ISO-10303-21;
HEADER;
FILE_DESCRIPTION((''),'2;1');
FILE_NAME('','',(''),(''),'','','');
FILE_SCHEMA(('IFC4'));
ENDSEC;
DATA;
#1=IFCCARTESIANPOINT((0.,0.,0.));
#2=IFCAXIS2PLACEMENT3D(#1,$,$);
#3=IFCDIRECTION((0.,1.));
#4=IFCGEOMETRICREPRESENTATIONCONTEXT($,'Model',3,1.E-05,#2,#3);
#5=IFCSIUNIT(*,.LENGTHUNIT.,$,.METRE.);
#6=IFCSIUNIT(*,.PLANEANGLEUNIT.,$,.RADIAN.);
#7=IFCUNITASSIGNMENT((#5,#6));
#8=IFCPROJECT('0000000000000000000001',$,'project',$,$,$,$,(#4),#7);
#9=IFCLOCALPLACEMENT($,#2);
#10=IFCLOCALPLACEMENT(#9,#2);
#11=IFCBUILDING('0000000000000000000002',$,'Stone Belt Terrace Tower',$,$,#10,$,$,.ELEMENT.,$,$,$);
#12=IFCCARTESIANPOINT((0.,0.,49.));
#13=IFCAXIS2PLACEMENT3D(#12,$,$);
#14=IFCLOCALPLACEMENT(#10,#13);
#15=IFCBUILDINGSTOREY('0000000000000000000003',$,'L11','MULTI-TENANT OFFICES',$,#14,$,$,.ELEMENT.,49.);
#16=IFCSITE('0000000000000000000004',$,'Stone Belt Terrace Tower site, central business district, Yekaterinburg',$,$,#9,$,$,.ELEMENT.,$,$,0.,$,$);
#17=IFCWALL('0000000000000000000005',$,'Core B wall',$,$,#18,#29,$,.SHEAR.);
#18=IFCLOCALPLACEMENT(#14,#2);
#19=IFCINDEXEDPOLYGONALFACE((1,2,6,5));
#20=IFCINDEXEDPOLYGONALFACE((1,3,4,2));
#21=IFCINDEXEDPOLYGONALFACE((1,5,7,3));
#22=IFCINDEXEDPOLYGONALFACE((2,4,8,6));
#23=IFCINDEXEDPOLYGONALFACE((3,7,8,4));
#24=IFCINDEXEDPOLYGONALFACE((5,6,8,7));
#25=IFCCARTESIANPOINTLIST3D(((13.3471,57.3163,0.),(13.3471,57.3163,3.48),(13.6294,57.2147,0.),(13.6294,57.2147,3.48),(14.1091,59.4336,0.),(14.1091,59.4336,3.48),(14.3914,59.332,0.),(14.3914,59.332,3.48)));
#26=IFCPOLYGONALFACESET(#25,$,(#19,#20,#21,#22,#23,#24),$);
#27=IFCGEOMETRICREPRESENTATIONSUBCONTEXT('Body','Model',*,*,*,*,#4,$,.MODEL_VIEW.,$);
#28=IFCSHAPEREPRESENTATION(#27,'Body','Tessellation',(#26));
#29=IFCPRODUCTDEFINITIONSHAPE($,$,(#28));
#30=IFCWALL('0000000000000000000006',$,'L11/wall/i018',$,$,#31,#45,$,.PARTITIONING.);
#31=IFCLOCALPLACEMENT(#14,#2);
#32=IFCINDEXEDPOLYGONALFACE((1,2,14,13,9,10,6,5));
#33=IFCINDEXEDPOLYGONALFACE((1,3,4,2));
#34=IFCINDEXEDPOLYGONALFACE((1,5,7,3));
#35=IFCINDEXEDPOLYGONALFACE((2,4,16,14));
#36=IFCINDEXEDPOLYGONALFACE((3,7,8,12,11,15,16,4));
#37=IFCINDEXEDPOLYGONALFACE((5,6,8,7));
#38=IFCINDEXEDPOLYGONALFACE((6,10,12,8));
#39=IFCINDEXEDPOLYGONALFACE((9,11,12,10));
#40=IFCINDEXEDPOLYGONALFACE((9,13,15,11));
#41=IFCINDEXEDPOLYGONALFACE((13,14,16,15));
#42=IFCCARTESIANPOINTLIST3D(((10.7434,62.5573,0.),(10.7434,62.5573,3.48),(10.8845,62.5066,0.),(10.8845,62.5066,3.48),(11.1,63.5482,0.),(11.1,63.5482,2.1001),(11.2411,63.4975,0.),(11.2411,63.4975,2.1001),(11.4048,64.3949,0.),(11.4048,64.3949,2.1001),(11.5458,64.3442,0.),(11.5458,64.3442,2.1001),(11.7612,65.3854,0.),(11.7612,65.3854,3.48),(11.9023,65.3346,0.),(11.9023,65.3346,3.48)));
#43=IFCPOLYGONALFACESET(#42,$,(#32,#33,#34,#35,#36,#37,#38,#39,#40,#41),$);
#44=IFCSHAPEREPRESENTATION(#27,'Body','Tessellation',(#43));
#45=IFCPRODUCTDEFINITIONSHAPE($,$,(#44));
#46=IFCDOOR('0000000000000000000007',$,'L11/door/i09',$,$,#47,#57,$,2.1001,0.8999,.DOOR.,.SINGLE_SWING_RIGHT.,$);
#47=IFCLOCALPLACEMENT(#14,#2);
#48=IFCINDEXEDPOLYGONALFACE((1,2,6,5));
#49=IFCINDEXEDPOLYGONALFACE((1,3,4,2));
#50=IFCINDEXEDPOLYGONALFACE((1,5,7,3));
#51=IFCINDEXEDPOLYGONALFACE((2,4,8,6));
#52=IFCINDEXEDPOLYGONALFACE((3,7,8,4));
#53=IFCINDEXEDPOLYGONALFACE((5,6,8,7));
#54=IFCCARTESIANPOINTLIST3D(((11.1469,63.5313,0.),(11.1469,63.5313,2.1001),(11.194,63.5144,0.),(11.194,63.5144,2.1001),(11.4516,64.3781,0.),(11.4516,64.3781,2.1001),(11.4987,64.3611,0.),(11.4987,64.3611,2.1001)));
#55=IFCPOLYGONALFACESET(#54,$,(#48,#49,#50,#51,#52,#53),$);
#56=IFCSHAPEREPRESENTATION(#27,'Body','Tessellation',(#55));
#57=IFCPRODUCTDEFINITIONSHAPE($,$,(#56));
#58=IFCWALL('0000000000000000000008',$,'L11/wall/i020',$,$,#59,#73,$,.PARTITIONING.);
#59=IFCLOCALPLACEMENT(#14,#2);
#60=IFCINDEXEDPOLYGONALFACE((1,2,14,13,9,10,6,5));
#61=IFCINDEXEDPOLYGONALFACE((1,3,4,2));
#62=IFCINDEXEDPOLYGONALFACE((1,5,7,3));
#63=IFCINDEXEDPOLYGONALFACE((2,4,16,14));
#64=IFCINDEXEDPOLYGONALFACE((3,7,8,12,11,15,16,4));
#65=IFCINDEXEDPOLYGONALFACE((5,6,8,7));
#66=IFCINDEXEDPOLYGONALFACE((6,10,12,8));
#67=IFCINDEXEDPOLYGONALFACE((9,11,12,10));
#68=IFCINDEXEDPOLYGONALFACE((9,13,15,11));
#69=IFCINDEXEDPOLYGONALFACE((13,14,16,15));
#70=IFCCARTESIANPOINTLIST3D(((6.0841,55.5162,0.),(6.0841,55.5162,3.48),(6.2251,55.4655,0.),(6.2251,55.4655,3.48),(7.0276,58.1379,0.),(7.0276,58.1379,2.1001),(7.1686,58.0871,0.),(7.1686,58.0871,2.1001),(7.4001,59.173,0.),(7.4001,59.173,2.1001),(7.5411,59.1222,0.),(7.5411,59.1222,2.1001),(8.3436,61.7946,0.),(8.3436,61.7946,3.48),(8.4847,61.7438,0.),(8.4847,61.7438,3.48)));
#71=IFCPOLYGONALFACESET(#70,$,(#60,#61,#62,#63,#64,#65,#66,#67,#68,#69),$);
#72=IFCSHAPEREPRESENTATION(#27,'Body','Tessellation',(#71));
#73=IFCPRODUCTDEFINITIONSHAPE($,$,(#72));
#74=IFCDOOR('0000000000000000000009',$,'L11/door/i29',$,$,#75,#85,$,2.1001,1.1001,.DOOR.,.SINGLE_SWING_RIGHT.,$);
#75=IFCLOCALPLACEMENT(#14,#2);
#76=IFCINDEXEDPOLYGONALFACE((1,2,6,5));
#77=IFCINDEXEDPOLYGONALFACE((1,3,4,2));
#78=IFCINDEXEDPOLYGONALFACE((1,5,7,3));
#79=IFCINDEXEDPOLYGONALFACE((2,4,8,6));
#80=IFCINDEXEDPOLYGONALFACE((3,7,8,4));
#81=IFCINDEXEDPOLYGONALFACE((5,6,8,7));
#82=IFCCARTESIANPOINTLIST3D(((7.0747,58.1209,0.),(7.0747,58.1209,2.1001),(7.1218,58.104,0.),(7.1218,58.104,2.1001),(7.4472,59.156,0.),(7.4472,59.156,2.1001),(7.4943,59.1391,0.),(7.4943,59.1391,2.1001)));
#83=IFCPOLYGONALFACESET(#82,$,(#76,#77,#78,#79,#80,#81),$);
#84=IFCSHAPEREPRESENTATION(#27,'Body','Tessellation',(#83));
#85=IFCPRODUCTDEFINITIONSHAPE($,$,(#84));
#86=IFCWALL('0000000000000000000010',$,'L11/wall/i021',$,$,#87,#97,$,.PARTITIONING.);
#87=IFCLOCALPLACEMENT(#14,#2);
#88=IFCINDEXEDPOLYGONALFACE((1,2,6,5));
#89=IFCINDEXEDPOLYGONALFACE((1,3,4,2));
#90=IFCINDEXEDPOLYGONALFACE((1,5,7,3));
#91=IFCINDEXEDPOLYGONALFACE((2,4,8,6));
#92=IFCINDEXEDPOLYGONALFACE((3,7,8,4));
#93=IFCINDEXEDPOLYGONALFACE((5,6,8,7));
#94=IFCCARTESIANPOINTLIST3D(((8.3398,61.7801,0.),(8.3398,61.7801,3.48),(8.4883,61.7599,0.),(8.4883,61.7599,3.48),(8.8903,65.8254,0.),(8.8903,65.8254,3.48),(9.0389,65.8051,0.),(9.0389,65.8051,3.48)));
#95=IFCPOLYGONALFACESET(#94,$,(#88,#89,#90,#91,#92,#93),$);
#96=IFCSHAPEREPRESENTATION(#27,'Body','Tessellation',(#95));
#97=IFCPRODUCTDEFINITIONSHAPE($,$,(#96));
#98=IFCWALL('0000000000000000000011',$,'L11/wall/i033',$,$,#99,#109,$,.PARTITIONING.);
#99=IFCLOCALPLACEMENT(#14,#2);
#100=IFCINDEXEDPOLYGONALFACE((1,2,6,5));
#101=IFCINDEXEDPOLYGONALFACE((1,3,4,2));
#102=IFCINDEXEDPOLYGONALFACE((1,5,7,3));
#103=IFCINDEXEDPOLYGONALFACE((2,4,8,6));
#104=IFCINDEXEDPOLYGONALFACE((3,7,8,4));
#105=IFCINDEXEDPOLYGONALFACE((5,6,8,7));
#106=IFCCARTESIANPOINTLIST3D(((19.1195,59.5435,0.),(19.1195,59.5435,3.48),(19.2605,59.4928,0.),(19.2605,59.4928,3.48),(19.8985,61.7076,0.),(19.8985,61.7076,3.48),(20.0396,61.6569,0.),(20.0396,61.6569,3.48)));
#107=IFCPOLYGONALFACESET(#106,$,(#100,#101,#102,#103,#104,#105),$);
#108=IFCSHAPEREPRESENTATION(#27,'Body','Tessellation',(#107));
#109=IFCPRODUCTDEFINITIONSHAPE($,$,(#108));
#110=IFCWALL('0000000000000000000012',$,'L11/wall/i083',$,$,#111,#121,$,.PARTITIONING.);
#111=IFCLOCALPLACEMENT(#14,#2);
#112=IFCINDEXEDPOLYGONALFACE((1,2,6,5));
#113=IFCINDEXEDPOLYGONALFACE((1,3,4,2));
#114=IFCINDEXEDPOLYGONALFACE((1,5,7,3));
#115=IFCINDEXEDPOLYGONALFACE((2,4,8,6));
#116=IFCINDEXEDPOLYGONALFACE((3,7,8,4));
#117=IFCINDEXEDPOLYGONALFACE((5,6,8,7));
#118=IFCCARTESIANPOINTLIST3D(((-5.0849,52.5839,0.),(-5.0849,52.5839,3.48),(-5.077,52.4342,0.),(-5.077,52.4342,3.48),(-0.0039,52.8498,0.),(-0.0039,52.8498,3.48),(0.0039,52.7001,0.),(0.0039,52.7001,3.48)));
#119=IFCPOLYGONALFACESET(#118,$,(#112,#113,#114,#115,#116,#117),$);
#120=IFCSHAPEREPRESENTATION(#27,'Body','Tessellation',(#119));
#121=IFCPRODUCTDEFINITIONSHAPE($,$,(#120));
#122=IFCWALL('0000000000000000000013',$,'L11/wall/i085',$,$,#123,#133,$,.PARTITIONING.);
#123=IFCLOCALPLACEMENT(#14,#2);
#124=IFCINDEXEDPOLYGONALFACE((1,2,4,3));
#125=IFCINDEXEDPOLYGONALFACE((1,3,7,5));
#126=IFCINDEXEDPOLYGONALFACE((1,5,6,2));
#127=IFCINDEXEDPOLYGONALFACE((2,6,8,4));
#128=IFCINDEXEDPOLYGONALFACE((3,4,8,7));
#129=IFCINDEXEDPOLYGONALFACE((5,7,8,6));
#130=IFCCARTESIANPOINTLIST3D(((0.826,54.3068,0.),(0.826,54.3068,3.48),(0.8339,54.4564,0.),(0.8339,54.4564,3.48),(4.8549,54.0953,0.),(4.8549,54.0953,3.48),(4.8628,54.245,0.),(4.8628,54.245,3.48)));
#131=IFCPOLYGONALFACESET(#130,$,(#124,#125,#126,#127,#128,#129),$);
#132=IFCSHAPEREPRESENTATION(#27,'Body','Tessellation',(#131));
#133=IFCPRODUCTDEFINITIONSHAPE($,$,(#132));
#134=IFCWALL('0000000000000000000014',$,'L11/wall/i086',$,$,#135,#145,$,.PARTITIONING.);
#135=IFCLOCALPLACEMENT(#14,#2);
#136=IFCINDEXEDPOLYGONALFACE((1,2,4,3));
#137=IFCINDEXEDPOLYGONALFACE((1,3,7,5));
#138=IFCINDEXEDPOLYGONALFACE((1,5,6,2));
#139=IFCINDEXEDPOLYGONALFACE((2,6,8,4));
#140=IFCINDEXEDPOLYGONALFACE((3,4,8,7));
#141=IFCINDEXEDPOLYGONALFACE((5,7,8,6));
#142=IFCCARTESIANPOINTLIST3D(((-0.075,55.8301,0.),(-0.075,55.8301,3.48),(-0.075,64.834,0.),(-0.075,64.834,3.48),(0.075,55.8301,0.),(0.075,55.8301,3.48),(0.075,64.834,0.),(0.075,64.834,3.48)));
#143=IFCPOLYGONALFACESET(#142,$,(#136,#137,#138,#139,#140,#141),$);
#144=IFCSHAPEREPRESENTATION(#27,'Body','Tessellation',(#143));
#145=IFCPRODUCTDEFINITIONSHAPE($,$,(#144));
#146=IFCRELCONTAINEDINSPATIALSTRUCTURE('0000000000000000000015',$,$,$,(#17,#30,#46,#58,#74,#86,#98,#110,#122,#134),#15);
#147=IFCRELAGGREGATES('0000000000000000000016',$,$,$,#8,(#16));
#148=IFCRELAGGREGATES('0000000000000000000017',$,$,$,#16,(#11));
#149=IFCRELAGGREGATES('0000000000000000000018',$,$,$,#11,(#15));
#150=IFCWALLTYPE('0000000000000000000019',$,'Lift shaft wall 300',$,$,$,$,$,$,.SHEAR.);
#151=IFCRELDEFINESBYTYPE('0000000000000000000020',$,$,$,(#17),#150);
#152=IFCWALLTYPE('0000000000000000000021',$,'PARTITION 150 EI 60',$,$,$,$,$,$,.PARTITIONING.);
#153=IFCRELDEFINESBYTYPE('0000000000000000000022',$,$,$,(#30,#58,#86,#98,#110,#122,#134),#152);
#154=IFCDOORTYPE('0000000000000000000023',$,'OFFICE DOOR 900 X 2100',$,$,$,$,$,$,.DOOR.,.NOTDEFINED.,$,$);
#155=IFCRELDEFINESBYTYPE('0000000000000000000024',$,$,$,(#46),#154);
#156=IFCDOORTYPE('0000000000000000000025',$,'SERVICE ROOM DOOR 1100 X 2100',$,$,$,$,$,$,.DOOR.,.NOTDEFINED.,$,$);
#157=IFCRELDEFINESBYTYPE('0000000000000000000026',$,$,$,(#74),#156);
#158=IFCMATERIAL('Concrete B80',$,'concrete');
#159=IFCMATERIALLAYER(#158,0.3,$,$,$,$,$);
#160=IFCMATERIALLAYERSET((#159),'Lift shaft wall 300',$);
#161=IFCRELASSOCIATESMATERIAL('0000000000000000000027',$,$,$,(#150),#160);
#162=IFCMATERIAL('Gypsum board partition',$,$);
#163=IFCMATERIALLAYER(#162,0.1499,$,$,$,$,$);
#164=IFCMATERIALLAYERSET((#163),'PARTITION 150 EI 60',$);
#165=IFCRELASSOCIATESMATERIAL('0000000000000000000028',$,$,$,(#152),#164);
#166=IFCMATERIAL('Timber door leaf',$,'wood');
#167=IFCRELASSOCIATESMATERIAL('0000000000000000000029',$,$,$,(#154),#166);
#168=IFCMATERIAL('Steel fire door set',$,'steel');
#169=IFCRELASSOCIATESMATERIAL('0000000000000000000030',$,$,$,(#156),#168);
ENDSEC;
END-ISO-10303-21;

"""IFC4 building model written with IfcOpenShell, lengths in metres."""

from ifc_helpers import new_model, si_unit, direction, frame, frame_2d, origin, place, context, subcontext, project, spatial, rectangle, extrude, material, layer, layer_set, type_object, element, fill, save


model = new_model("IFC4")

# Units and contexts
model_context = context("Model", 3, precision=1e-05, world=origin(), true_north=direction((0.0, 1.0)))
body_context = subcontext(model_context, "Body", "Model", "MODEL_VIEW")
ifc_project = project(units=[si_unit("LENGTHUNIT", "METRE"), si_unit("PLANEANGLEUNIT", "RADIAN")], contexts=[model_context])

# Site, building, storey
site_placement = place(None, origin())
site = spatial("IfcSite", under=ifc_project, at=site_placement, Name="Stone Belt Terrace Tower site, central business district, Yekaterinburg", CompositionType="ELEMENT", RefElevation=0.0)
building_placement = place(site_placement, origin())
building = spatial("IfcBuilding", under=site, at=building_placement, Name="Stone Belt Terrace Tower", CompositionType="ELEMENT")
storey_placement = place(building_placement, frame((0.0, 0.0, 49.0)))
storey = spatial("IfcBuildingStorey", under=building, at=storey_placement, Name="L11", Description="MULTI-TENANT OFFICES", CompositionType="ELEMENT", Elevation=49.0)

# Shared definitions
ifc_material_1 = material(Name="Concrete B80", Category="concrete")

# Wall
ifc_layer_1 = layer(ifc_material_1, 0.3)
ifc_layer_set_1 = layer_set([ifc_layer_1], Name="Lift shaft wall 300")
wall_type_1 = type_object("IfcWallType", Name="Lift shaft wall 300", PredefinedType="SHEAR", material=ifc_layer_set_1)
wall_1_placement = place(storey_placement, frame((13.4883, 57.2656, 0.0), z_axis=(0.0, 0.0, 1.0), x_axis=(0.338631, 0.940919, 0.0)))
element("IfcWall", 1, at=wall_1_placement, inside=storey, type_object=wall_type_1, Name="Core B wall", PredefinedType="SHEAR", context=body_context, shape_type="SweptSolid", body=[
    extrude(rectangle(XDim=2.2502, YDim=0.3, at=frame_2d((1.125, 0.0))), origin(), (0.0, 0.0, 1.0), 3.48),
])

# Walls, openings, doors
ifc_material_2 = material(Name="Gypsum board partition")
ifc_layer_2 = layer(ifc_material_2, 0.1499)
ifc_layer_set_2 = layer_set([ifc_layer_2], Name="PARTITION 150 EI 60")
wall_type_2 = type_object("IfcWallType", Name="PARTITION 150 EI 60", PredefinedType="PARTITIONING", material=ifc_layer_set_2)
wall_2_placement = place(storey_placement, frame((11.8318, 65.3601, 0.0), z_axis=(0.0, 0.0, 1.0), x_axis=(-0.33863, -0.94092, 0.0)))
wall_2 = element("IfcWall", 2, at=wall_2_placement, inside=storey, type_object=wall_type_2, Name="L11/wall/i018", PredefinedType="PARTITIONING", context=body_context, shape_type="SweptSolid", body=[
    extrude(rectangle(XDim=3.0056, YDim=0.1499, at=frame_2d((1.5029, 0.0))), origin(), (0.0, 0.0, 1.0), 3.48),
])
opening_1_placement = place(wall_2_placement, frame((1.0527, 0.0, 0.0)))
opening_1 = element("IfcOpeningElement", 3, at=opening_1_placement, cuts=wall_2, PredefinedType="OPENING", context=body_context, shape_type="SweptSolid", body=[
    extrude(rectangle(XDim=0.8999, YDim=2.1001, at=frame_2d((0.45, 1.05))), frame((0.0, 0.085, 0.0), z_axis=(0.0, -1.0, 0.0), x_axis=(1.0, 0.0, 0.0)), (0.0, 0.0, 1.0), 0.1699),
])
ifc_material_3 = material(Name="Timber door leaf", Category="wood")
door_type_1 = type_object("IfcDoorType", Name="OFFICE DOOR 900 X 2100", OperationType="NOTDEFINED", PredefinedType="DOOR", material=ifc_material_3)
door_1_placement = place(opening_1_placement, origin())
door_1 = element("IfcDoor", 4, at=door_1_placement, inside=storey, type_object=door_type_1, Name="L11/door/i09", OperationType="SINGLE_SWING_RIGHT", OverallHeight=2.1001, OverallWidth=0.8999, PredefinedType="DOOR", context=body_context, shape_type="SweptSolid", body=[
    extrude(rectangle(XDim=0.8999, YDim=2.1001, at=frame_2d((0.45, 1.05))), frame((0.0, 0.0249, 0.0), z_axis=(0.0, -1.0, 0.0), x_axis=(1.0, 0.0, 0.0)), (0.0, 0.0, 1.0), 0.05),
])
fill(opening_1, door_1)
wall_3_placement = place(storey_placement, frame((6.1545, 55.4907, 0.0), z_axis=(0.0, 0.0, 1.0), x_axis=(0.33863, 0.94092, 0.0)))
wall_3 = element("IfcWall", 5, at=wall_3_placement, inside=storey, type_object=wall_type_2, Name="L11/wall/i020", PredefinedType="PARTITIONING", context=body_context, shape_type="SweptSolid", body=[
    extrude(rectangle(XDim=6.6726, YDim=0.1499, at=frame_2d((3.3364, 0.0))), origin(), (0.0, 0.0, 1.0), 3.48),
])
opening_2_placement = place(wall_3_placement, frame((2.7864, 0.0, 0.0)))
opening_2 = element("IfcOpeningElement", 6, at=opening_2_placement, cuts=wall_3, PredefinedType="OPENING", context=body_context, shape_type="SweptSolid", body=[
    extrude(rectangle(XDim=1.1001, YDim=2.1001, at=frame_2d((0.55, 1.05))), frame((0.0, 0.085, 0.0), z_axis=(0.0, -1.0, 0.0), x_axis=(1.0, 0.0, 0.0)), (0.0, 0.0, 1.0), 0.1699),
])
ifc_material_4 = material(Name="Steel fire door set", Category="steel")
door_type_2 = type_object("IfcDoorType", Name="SERVICE ROOM DOOR 1100 X 2100", OperationType="NOTDEFINED", PredefinedType="DOOR", material=ifc_material_4)
door_2_placement = place(opening_2_placement, origin())
door_2 = element("IfcDoor", 7, at=door_2_placement, inside=storey, type_object=door_type_2, Name="L11/door/i29", OperationType="SINGLE_SWING_RIGHT", OverallHeight=2.1001, OverallWidth=1.1001, PredefinedType="DOOR", context=body_context, shape_type="SweptSolid", body=[
    extrude(rectangle(XDim=1.1001, YDim=2.1001, at=frame_2d((0.55, 1.05))), frame((0.0, 0.0249, 0.0), z_axis=(0.0, -1.0, 0.0), x_axis=(1.0, 0.0, 0.0)), (0.0, 0.0, 1.0), 0.05),
])
fill(opening_2, door_2)

# Walls
wall_4_placement = place(storey_placement, frame((8.4141, 61.77, 0.0), z_axis=(0.0, 0.0, 1.0), x_axis=(0.134854, 0.990865, 0.0)))
element("IfcWall", 8, at=wall_4_placement, inside=storey, type_object=wall_type_2, Name="L11/wall/i021", PredefinedType="PARTITIONING", context=body_context, shape_type="SweptSolid", body=[
    extrude(rectangle(XDim=4.0825, YDim=0.1499, at=frame_2d((2.0413, 0.0))), origin(), (0.0, 0.0, 1.0), 3.48),
])
wall_5_placement = place(storey_placement, frame((19.969, 61.6821, 0.0), z_axis=(0.0, 0.0, 1.0), x_axis=(-0.338716, -0.940889, 0.0)))
element("IfcWall", 9, at=wall_5_placement, inside=storey, type_object=wall_type_2, Name="L11/wall/i033", PredefinedType="PARTITIONING", context=body_context, shape_type="SweptSolid", body=[
    extrude(rectangle(XDim=2.3, YDim=0.1499, at=frame_2d((1.1499, 0.0))), origin(), (0.0, 0.0, 1.0), 3.48),
])
wall_6_placement = place(storey_placement, frame((0.0, 52.7749, 0.0), z_axis=(0.0, 0.0, 1.0), x_axis=(-0.998634, -0.052254, 0.0)))
element("IfcWall", 10, at=wall_6_placement, inside=storey, type_object=wall_type_2, Name="L11/wall/i083", PredefinedType="PARTITIONING", context=body_context, shape_type="SweptSolid", body=[
    extrude(rectangle(XDim=5.0879, YDim=0.1499, at=frame_2d((2.5439, 0.0))), origin(), (0.0, 0.0, 1.0), 3.48),
])
wall_7_placement = place(storey_placement, frame((0.8301, 54.3816, 0.0), z_axis=(0.0, 0.0, 1.0), x_axis=(0.998626, -0.052406, 0.0)))
element("IfcWall", 11, at=wall_7_placement, inside=storey, type_object=wall_type_2, Name="L11/wall/i085", PredefinedType="PARTITIONING", context=body_context, shape_type="SweptSolid", body=[
    extrude(rectangle(XDim=4.0344, YDim=0.1499, at=frame_2d((2.0171, 0.0))), origin(), (0.0, 0.0, 1.0), 3.48),
])
wall_8_placement = place(storey_placement, frame((0.0, 64.834, 0.0), z_axis=(0.0, 0.0, 1.0), x_axis=(0.0, -1.0, 0.0)))
element("IfcWall", 12, at=wall_8_placement, inside=storey, type_object=wall_type_2, Name="L11/wall/i086", PredefinedType="PARTITIONING", context=body_context, shape_type="SweptSolid", body=[
    extrude(rectangle(XDim=9.0039, YDim=0.1499, at=frame_2d((4.502, 0.0))), origin(), (0.0, 0.0, 1.0), 3.48),
])

save(model, "model.ifc")
